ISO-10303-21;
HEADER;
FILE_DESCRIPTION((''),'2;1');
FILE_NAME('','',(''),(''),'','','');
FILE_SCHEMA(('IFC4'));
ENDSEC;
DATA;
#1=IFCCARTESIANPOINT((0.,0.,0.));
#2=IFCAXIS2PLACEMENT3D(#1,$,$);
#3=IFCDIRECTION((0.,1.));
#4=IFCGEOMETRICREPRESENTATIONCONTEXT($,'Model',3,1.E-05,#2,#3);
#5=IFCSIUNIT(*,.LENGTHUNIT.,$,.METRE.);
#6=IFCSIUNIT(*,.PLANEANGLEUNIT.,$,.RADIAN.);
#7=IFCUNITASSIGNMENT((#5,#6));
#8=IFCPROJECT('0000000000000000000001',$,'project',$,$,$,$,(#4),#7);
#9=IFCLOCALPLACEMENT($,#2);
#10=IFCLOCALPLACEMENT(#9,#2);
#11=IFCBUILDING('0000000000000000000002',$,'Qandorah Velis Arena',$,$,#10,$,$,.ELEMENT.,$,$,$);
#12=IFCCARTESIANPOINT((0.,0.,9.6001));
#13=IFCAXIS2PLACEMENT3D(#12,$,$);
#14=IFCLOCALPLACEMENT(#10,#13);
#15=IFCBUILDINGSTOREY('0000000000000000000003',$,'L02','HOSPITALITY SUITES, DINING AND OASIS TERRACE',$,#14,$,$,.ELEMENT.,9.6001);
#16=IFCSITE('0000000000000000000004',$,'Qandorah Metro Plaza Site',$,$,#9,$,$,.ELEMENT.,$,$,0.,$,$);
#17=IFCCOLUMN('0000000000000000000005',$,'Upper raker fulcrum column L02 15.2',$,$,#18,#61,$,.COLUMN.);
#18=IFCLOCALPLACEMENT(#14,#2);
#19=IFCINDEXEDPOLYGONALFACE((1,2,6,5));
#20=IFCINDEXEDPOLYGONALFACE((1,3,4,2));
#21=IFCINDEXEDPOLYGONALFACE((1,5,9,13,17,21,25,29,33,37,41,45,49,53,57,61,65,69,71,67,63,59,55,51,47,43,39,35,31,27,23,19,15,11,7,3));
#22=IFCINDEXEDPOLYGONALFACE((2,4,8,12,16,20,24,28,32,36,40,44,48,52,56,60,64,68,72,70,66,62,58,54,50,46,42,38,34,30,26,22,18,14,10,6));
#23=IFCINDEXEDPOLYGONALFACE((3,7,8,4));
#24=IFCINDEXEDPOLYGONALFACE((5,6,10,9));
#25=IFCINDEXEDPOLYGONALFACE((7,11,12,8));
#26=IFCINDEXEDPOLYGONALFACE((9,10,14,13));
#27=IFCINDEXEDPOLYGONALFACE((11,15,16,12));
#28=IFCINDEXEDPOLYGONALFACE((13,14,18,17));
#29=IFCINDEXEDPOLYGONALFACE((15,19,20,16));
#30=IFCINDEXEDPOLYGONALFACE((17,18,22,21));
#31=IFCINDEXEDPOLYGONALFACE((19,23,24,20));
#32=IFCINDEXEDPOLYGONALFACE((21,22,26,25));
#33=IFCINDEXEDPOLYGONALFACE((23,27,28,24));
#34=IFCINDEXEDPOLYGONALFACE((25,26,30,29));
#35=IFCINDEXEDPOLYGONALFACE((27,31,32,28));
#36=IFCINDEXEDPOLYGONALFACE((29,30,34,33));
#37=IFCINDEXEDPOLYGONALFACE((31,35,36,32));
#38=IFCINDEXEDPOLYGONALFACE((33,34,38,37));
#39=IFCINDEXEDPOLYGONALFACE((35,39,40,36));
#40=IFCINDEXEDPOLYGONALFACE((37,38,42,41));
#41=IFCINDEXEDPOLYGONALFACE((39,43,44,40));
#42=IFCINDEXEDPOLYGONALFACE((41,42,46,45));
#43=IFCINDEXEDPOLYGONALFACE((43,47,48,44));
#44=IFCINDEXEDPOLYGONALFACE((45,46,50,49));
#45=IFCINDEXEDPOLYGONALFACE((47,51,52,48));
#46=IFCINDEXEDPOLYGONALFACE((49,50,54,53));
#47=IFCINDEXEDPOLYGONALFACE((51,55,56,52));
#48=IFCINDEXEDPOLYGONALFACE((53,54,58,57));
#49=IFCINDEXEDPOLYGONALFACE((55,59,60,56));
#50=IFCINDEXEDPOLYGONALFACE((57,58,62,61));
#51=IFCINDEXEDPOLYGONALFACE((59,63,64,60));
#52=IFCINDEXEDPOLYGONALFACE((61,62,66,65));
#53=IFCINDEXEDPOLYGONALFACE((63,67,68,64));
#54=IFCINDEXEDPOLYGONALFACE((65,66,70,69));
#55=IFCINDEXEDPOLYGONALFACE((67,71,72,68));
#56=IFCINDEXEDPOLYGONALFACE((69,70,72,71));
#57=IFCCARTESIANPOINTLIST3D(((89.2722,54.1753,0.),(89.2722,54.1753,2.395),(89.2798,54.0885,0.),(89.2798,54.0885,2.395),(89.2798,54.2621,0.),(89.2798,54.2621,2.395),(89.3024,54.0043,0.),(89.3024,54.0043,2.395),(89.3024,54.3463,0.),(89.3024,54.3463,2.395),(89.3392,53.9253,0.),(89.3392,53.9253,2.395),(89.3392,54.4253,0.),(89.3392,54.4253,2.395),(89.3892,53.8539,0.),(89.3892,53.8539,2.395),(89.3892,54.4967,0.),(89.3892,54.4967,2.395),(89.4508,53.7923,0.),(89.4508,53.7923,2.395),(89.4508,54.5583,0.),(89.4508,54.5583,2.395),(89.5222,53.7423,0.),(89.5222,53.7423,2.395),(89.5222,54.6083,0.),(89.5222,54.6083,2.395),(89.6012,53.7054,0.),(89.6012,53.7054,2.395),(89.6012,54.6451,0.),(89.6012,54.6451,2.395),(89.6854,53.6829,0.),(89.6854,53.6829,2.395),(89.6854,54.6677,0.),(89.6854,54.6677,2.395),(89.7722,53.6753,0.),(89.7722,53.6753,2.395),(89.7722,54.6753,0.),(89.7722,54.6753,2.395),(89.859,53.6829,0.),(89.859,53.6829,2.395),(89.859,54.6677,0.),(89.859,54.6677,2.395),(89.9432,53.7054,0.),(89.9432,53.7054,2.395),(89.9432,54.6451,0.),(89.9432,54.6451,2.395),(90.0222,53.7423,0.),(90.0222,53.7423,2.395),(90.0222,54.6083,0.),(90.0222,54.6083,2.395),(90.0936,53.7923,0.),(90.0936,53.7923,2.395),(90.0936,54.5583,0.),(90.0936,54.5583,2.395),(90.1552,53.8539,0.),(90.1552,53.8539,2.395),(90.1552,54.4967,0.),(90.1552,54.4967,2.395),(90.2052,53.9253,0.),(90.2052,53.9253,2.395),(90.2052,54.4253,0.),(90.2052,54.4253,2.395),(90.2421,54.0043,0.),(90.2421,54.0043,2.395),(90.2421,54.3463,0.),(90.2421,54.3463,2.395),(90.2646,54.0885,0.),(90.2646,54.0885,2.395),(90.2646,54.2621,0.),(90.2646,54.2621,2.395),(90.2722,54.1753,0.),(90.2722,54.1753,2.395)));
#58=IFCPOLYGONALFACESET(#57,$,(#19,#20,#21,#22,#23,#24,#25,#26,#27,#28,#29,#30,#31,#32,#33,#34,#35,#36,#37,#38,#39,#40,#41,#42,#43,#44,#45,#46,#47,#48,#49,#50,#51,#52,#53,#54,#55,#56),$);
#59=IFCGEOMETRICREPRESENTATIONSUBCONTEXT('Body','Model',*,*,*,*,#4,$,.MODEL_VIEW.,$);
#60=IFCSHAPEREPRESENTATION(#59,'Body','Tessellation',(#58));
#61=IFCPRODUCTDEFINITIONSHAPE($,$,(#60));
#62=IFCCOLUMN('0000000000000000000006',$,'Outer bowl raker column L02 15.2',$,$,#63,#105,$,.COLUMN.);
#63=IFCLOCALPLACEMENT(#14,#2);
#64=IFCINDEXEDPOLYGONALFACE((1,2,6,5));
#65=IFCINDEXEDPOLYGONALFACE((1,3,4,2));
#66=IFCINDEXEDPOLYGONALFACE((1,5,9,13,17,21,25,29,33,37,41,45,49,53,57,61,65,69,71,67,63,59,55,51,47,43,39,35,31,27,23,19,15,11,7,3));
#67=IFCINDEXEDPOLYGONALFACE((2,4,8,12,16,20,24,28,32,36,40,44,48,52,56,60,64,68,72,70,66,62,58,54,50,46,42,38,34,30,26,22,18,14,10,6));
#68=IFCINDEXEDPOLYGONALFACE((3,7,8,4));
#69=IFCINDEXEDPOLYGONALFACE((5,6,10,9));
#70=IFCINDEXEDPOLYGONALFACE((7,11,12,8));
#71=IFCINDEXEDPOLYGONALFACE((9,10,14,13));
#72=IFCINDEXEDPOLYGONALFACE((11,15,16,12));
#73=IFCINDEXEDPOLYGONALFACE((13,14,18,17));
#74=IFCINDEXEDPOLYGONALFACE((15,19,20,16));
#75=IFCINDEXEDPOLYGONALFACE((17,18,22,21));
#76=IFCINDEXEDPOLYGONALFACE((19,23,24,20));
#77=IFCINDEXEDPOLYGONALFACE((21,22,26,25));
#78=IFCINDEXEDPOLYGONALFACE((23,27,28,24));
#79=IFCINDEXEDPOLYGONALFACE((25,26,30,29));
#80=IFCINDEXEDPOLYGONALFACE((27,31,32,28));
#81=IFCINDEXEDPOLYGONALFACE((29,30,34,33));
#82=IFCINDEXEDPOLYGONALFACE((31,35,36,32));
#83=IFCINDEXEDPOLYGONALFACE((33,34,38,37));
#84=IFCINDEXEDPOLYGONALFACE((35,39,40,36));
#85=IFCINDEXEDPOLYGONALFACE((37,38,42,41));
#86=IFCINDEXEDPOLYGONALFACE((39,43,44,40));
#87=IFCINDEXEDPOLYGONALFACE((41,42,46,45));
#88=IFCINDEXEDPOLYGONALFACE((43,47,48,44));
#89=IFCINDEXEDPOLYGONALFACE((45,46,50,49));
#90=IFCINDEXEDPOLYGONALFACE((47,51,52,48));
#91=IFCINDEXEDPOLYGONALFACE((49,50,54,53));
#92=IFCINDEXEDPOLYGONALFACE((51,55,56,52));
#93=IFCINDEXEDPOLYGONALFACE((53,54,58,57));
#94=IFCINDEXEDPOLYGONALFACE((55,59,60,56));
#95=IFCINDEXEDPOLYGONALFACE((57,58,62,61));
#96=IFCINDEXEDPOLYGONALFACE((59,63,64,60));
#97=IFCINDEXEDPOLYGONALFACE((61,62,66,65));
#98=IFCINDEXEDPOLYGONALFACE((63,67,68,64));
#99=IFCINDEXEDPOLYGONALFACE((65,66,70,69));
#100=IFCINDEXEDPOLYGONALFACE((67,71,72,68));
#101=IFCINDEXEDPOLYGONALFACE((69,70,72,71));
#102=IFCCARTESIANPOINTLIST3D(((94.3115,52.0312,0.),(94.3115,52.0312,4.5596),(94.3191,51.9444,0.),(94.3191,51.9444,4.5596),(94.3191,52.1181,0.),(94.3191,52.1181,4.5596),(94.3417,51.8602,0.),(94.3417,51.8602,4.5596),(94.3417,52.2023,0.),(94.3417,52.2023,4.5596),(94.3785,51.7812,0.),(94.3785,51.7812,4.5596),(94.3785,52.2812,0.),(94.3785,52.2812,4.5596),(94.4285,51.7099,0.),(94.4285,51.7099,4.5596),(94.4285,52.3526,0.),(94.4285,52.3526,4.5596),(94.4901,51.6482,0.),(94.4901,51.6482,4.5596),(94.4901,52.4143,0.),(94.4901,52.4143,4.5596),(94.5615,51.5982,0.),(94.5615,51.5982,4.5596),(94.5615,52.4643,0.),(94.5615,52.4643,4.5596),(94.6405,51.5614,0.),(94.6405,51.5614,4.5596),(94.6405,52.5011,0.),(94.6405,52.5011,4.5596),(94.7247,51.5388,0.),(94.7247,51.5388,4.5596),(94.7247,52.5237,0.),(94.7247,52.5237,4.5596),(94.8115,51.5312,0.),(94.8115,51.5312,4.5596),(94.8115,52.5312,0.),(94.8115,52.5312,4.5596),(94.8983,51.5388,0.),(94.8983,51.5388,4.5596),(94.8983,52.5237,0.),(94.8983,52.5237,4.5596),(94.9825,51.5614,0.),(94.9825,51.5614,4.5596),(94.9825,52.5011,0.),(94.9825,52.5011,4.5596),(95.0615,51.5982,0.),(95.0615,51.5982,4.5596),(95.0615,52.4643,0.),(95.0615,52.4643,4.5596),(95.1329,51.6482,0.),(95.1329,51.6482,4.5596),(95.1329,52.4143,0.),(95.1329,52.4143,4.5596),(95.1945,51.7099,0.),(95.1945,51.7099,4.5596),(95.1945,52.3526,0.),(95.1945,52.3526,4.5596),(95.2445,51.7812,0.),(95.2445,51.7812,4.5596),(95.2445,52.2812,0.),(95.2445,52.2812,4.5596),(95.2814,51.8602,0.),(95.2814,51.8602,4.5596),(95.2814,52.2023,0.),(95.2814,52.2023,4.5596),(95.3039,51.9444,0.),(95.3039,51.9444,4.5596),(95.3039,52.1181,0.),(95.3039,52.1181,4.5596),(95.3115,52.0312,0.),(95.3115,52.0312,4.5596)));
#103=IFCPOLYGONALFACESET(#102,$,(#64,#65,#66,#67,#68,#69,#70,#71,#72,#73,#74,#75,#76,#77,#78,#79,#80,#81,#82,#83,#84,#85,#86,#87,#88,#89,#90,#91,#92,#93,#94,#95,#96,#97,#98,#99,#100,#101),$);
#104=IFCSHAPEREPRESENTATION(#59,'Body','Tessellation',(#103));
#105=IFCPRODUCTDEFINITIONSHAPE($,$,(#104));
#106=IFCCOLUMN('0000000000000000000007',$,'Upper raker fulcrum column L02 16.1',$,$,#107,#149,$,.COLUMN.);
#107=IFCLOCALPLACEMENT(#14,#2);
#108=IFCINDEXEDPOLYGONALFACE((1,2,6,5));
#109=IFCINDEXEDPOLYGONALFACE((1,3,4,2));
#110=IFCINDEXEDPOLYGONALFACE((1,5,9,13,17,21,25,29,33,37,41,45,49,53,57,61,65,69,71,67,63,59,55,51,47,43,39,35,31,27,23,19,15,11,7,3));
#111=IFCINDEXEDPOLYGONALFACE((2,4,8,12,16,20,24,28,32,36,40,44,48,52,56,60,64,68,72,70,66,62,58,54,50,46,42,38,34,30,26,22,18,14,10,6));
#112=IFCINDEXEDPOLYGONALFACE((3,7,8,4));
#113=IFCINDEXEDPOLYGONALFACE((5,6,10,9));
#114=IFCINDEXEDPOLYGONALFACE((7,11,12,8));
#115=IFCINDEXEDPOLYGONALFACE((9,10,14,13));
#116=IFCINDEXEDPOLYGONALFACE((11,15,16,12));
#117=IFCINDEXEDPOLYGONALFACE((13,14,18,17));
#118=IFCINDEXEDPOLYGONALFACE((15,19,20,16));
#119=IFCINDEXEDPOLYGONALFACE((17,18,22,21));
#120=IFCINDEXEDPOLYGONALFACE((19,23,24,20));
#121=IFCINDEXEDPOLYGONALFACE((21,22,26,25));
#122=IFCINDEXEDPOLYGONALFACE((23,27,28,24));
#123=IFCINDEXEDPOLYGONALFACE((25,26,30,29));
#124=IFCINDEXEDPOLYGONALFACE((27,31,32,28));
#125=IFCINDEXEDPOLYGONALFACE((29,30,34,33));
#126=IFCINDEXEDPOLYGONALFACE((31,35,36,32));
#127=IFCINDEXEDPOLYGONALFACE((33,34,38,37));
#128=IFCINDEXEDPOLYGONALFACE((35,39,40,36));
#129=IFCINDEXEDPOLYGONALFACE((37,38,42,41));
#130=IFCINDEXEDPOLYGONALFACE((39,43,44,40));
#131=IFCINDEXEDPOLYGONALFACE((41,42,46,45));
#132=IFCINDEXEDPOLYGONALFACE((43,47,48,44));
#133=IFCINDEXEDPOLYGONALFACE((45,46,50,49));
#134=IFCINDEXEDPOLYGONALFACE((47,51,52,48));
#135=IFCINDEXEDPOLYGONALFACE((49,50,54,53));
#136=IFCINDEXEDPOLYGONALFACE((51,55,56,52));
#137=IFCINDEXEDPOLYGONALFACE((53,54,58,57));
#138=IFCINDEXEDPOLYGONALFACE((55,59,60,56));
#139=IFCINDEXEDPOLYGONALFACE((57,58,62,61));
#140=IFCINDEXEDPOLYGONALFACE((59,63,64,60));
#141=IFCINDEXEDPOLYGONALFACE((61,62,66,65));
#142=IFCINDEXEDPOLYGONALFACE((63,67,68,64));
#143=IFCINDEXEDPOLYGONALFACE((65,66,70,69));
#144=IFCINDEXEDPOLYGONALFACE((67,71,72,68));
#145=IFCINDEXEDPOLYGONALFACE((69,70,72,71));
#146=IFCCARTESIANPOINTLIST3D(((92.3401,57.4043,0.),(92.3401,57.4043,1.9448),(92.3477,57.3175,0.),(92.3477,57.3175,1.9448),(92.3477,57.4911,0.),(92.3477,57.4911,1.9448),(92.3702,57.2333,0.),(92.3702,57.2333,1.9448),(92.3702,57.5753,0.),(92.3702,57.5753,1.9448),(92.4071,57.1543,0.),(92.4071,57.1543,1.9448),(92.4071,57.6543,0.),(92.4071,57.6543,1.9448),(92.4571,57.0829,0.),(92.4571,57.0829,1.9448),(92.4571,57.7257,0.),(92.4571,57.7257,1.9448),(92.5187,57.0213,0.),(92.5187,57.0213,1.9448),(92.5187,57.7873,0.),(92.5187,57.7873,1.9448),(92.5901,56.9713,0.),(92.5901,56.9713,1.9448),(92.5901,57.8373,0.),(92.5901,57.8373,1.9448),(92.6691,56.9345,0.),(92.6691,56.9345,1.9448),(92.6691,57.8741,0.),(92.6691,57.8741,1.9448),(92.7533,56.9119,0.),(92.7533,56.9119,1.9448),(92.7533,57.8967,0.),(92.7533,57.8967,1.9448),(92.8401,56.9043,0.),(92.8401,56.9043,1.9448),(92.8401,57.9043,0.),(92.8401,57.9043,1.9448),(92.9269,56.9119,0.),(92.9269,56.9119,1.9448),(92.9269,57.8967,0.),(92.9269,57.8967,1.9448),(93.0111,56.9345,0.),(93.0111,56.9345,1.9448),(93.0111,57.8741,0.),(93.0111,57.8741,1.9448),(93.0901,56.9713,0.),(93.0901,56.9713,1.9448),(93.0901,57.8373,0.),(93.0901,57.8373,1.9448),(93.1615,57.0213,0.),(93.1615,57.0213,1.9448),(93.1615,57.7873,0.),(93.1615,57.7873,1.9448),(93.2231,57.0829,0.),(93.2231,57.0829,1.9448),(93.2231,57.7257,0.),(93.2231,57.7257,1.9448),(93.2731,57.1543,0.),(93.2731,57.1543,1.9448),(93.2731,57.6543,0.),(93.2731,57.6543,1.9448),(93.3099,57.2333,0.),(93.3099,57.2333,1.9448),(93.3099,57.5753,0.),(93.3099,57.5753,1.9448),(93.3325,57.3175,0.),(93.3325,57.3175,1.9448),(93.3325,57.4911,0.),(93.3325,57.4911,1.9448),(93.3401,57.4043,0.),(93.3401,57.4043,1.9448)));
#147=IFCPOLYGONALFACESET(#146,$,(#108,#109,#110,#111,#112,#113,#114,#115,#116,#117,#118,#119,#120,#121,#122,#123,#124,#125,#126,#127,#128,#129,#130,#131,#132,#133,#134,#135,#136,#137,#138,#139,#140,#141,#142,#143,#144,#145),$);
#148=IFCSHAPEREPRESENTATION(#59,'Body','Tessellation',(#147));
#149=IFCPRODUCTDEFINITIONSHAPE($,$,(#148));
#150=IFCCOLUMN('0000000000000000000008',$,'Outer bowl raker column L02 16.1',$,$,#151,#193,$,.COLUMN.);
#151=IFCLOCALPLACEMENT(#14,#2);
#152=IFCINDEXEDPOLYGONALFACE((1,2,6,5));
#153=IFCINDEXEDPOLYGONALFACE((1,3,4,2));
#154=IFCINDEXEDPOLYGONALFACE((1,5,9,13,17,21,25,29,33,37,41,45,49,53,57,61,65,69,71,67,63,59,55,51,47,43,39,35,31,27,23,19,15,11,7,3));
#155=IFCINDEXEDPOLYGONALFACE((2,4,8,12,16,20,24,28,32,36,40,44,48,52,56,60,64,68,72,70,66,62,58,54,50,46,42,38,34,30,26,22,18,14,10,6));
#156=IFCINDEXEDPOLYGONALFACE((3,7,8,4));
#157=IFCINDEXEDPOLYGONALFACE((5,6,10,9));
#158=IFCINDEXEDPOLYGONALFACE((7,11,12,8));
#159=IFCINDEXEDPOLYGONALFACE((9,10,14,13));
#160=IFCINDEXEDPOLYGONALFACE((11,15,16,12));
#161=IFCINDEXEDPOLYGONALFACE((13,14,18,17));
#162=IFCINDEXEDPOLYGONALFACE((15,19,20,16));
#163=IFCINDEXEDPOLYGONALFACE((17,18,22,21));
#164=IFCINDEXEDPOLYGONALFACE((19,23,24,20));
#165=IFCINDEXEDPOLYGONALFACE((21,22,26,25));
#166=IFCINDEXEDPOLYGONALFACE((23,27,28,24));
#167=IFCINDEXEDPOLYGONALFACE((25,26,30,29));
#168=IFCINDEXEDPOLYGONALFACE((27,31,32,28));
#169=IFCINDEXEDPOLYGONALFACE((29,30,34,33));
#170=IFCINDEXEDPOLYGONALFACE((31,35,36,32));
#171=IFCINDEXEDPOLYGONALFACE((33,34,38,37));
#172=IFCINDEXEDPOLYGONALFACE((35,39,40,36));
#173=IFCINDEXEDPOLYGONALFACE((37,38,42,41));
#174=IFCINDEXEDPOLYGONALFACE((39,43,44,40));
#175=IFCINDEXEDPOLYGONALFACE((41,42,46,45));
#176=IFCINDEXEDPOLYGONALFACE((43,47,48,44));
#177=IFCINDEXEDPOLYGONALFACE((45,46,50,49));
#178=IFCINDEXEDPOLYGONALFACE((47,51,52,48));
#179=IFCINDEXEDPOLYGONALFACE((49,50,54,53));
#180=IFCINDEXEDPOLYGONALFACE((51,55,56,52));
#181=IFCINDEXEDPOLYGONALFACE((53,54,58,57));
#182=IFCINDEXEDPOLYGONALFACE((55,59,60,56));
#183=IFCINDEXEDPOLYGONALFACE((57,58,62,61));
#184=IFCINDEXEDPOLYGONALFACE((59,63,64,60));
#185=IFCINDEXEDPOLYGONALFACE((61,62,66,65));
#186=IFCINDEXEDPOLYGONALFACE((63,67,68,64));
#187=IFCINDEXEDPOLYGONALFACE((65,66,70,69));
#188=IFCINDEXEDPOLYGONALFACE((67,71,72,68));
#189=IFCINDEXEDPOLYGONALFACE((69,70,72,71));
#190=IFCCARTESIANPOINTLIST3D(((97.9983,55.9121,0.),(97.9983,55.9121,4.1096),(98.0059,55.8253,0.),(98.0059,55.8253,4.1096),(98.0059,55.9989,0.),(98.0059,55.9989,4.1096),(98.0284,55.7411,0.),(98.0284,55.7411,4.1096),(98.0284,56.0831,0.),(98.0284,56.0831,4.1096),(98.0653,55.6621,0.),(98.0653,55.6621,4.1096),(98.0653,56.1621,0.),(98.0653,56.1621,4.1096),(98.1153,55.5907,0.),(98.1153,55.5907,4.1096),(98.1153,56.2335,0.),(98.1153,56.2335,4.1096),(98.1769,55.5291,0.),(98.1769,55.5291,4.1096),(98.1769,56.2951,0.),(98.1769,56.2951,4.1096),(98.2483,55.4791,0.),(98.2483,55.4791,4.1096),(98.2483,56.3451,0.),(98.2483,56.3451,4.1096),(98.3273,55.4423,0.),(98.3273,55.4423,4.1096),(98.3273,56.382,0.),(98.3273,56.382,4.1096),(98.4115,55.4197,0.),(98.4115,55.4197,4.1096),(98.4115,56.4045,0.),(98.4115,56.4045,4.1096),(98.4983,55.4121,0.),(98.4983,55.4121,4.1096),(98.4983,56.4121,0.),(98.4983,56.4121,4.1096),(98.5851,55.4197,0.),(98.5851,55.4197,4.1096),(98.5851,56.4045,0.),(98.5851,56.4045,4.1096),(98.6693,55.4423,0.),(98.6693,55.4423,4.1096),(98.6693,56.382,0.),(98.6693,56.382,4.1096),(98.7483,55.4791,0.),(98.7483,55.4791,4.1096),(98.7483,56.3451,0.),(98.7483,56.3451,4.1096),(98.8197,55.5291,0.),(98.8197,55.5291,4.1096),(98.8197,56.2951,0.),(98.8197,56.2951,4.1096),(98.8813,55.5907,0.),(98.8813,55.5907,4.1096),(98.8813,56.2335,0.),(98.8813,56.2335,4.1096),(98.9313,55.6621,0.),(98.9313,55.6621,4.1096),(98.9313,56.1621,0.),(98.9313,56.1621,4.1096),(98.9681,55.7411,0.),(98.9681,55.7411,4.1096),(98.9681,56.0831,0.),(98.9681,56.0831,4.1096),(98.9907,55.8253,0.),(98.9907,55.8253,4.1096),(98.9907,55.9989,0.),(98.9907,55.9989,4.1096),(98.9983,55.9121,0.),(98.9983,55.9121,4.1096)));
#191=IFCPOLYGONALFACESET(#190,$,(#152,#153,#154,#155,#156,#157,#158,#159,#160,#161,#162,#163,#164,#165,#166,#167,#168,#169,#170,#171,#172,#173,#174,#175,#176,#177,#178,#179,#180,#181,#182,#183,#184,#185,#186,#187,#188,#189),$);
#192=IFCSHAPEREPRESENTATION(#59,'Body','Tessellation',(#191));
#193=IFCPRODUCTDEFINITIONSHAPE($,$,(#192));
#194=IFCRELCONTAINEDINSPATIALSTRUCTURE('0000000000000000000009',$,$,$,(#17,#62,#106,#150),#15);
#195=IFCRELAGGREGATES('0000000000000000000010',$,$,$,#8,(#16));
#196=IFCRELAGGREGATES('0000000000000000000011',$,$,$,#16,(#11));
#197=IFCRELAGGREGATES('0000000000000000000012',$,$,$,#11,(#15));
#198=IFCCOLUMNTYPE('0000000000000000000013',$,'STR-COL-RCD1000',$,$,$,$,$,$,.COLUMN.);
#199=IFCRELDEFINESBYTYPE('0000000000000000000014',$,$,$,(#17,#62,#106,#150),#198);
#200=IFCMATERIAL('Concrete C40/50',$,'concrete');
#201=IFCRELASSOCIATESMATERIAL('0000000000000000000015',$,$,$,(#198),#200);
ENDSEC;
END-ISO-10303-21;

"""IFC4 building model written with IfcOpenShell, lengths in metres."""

from ifc_helpers import new_model, si_unit, direction, frame, origin, origin_2d, place, context, subcontext, project, spatial, circle, extrude, material, material_profile, profile_set, type_object, element, save


model = new_model("IFC4")

# Units and contexts
model_context = context("Model", 3, precision=1e-05, world=origin(), true_north=direction((0.0, 1.0)))
body_context = subcontext(model_context, "Body", "Model", "MODEL_VIEW")
ifc_project = project(units=[si_unit("LENGTHUNIT", "METRE"), si_unit("PLANEANGLEUNIT", "RADIAN")], contexts=[model_context])

# Site, building, storey
site_placement = place(None, origin())
site = spatial("IfcSite", under=ifc_project, at=site_placement, Name="Qandorah Metro Plaza Site", CompositionType="ELEMENT", RefElevation=0.0)
building_placement = place(site_placement, origin())
building = spatial("IfcBuilding", under=site, at=building_placement, Name="Qandorah Velis Arena", CompositionType="ELEMENT")
storey_placement = place(building_placement, frame((0.0, 0.0, 9.6001)))
storey = spatial("IfcBuildingStorey", under=building, at=storey_placement, Name="L02", Description="HOSPITALITY SUITES, DINING AND OASIS TERRACE", CompositionType="ELEMENT", Elevation=9.6001)

# Columns
ifc_material_1 = material(Name="Concrete C40/50", Category="concrete")
ifc_material_profile_1 = material_profile(ifc_material_1, circle(Radius=0.5, at=origin_2d()), Name="RC D1000")
ifc_profile_set_1 = profile_set([ifc_material_profile_1], Name="Concrete C40/50")
column_type_1 = type_object("IfcColumnType", Name="STR-COL-RCD1000", PredefinedType="COLUMN", material=ifc_profile_set_1)
column_1_placement = place(storey_placement, frame((89.7722, 54.1753, 0.0), z_axis=(0.0, 0.0, 1.0), x_axis=(1.0, 0.0, 0.0)))
element("IfcColumn", 1, at=column_1_placement, inside=storey, type_object=column_type_1, Name="Upper raker fulcrum column L02 15.2", PredefinedType="COLUMN", context=body_context, shape_type="SweptSolid", body=[
    extrude(circle(Radius=0.5, at=origin_2d()), origin(), (0.0, 0.0, 1.0), 2.395),
])
column_2_placement = place(storey_placement, frame((94.8115, 52.0312, 0.0), z_axis=(0.0, 0.0, 1.0), x_axis=(1.0, 0.0, 0.0)))
element("IfcColumn", 2, at=column_2_placement, inside=storey, type_object=column_type_1, Name="Outer bowl raker column L02 15.2", PredefinedType="COLUMN", context=body_context, shape_type="SweptSolid", body=[
    extrude(circle(Radius=0.5, at=origin_2d()), origin(), (0.0, 0.0, 1.0), 4.5596),
])
column_3_placement = place(storey_placement, frame((92.8401, 57.4043, 0.0), z_axis=(0.0, 0.0, 1.0), x_axis=(1.0, 0.0, 0.0)))
element("IfcColumn", 3, at=column_3_placement, inside=storey, type_object=column_type_1, Name="Upper raker fulcrum column L02 16.1", PredefinedType="COLUMN", context=body_context, shape_type="SweptSolid", body=[
    extrude(circle(Radius=0.5, at=origin_2d()), origin(), (0.0, 0.0, 1.0), 1.9448),
])
column_4_placement = place(storey_placement, frame((98.4983, 55.9121, 0.0), z_axis=(0.0, 0.0, 1.0), x_axis=(1.0, 0.0, 0.0)))
element("IfcColumn", 4, at=column_4_placement, inside=storey, type_object=column_type_1, Name="Outer bowl raker column L02 16.1", PredefinedType="COLUMN", context=body_context, shape_type="SweptSolid", body=[
    extrude(circle(Radius=0.5, at=origin_2d()), origin(), (0.0, 0.0, 1.0), 4.1096),
])

save(model, "model.ifc")
